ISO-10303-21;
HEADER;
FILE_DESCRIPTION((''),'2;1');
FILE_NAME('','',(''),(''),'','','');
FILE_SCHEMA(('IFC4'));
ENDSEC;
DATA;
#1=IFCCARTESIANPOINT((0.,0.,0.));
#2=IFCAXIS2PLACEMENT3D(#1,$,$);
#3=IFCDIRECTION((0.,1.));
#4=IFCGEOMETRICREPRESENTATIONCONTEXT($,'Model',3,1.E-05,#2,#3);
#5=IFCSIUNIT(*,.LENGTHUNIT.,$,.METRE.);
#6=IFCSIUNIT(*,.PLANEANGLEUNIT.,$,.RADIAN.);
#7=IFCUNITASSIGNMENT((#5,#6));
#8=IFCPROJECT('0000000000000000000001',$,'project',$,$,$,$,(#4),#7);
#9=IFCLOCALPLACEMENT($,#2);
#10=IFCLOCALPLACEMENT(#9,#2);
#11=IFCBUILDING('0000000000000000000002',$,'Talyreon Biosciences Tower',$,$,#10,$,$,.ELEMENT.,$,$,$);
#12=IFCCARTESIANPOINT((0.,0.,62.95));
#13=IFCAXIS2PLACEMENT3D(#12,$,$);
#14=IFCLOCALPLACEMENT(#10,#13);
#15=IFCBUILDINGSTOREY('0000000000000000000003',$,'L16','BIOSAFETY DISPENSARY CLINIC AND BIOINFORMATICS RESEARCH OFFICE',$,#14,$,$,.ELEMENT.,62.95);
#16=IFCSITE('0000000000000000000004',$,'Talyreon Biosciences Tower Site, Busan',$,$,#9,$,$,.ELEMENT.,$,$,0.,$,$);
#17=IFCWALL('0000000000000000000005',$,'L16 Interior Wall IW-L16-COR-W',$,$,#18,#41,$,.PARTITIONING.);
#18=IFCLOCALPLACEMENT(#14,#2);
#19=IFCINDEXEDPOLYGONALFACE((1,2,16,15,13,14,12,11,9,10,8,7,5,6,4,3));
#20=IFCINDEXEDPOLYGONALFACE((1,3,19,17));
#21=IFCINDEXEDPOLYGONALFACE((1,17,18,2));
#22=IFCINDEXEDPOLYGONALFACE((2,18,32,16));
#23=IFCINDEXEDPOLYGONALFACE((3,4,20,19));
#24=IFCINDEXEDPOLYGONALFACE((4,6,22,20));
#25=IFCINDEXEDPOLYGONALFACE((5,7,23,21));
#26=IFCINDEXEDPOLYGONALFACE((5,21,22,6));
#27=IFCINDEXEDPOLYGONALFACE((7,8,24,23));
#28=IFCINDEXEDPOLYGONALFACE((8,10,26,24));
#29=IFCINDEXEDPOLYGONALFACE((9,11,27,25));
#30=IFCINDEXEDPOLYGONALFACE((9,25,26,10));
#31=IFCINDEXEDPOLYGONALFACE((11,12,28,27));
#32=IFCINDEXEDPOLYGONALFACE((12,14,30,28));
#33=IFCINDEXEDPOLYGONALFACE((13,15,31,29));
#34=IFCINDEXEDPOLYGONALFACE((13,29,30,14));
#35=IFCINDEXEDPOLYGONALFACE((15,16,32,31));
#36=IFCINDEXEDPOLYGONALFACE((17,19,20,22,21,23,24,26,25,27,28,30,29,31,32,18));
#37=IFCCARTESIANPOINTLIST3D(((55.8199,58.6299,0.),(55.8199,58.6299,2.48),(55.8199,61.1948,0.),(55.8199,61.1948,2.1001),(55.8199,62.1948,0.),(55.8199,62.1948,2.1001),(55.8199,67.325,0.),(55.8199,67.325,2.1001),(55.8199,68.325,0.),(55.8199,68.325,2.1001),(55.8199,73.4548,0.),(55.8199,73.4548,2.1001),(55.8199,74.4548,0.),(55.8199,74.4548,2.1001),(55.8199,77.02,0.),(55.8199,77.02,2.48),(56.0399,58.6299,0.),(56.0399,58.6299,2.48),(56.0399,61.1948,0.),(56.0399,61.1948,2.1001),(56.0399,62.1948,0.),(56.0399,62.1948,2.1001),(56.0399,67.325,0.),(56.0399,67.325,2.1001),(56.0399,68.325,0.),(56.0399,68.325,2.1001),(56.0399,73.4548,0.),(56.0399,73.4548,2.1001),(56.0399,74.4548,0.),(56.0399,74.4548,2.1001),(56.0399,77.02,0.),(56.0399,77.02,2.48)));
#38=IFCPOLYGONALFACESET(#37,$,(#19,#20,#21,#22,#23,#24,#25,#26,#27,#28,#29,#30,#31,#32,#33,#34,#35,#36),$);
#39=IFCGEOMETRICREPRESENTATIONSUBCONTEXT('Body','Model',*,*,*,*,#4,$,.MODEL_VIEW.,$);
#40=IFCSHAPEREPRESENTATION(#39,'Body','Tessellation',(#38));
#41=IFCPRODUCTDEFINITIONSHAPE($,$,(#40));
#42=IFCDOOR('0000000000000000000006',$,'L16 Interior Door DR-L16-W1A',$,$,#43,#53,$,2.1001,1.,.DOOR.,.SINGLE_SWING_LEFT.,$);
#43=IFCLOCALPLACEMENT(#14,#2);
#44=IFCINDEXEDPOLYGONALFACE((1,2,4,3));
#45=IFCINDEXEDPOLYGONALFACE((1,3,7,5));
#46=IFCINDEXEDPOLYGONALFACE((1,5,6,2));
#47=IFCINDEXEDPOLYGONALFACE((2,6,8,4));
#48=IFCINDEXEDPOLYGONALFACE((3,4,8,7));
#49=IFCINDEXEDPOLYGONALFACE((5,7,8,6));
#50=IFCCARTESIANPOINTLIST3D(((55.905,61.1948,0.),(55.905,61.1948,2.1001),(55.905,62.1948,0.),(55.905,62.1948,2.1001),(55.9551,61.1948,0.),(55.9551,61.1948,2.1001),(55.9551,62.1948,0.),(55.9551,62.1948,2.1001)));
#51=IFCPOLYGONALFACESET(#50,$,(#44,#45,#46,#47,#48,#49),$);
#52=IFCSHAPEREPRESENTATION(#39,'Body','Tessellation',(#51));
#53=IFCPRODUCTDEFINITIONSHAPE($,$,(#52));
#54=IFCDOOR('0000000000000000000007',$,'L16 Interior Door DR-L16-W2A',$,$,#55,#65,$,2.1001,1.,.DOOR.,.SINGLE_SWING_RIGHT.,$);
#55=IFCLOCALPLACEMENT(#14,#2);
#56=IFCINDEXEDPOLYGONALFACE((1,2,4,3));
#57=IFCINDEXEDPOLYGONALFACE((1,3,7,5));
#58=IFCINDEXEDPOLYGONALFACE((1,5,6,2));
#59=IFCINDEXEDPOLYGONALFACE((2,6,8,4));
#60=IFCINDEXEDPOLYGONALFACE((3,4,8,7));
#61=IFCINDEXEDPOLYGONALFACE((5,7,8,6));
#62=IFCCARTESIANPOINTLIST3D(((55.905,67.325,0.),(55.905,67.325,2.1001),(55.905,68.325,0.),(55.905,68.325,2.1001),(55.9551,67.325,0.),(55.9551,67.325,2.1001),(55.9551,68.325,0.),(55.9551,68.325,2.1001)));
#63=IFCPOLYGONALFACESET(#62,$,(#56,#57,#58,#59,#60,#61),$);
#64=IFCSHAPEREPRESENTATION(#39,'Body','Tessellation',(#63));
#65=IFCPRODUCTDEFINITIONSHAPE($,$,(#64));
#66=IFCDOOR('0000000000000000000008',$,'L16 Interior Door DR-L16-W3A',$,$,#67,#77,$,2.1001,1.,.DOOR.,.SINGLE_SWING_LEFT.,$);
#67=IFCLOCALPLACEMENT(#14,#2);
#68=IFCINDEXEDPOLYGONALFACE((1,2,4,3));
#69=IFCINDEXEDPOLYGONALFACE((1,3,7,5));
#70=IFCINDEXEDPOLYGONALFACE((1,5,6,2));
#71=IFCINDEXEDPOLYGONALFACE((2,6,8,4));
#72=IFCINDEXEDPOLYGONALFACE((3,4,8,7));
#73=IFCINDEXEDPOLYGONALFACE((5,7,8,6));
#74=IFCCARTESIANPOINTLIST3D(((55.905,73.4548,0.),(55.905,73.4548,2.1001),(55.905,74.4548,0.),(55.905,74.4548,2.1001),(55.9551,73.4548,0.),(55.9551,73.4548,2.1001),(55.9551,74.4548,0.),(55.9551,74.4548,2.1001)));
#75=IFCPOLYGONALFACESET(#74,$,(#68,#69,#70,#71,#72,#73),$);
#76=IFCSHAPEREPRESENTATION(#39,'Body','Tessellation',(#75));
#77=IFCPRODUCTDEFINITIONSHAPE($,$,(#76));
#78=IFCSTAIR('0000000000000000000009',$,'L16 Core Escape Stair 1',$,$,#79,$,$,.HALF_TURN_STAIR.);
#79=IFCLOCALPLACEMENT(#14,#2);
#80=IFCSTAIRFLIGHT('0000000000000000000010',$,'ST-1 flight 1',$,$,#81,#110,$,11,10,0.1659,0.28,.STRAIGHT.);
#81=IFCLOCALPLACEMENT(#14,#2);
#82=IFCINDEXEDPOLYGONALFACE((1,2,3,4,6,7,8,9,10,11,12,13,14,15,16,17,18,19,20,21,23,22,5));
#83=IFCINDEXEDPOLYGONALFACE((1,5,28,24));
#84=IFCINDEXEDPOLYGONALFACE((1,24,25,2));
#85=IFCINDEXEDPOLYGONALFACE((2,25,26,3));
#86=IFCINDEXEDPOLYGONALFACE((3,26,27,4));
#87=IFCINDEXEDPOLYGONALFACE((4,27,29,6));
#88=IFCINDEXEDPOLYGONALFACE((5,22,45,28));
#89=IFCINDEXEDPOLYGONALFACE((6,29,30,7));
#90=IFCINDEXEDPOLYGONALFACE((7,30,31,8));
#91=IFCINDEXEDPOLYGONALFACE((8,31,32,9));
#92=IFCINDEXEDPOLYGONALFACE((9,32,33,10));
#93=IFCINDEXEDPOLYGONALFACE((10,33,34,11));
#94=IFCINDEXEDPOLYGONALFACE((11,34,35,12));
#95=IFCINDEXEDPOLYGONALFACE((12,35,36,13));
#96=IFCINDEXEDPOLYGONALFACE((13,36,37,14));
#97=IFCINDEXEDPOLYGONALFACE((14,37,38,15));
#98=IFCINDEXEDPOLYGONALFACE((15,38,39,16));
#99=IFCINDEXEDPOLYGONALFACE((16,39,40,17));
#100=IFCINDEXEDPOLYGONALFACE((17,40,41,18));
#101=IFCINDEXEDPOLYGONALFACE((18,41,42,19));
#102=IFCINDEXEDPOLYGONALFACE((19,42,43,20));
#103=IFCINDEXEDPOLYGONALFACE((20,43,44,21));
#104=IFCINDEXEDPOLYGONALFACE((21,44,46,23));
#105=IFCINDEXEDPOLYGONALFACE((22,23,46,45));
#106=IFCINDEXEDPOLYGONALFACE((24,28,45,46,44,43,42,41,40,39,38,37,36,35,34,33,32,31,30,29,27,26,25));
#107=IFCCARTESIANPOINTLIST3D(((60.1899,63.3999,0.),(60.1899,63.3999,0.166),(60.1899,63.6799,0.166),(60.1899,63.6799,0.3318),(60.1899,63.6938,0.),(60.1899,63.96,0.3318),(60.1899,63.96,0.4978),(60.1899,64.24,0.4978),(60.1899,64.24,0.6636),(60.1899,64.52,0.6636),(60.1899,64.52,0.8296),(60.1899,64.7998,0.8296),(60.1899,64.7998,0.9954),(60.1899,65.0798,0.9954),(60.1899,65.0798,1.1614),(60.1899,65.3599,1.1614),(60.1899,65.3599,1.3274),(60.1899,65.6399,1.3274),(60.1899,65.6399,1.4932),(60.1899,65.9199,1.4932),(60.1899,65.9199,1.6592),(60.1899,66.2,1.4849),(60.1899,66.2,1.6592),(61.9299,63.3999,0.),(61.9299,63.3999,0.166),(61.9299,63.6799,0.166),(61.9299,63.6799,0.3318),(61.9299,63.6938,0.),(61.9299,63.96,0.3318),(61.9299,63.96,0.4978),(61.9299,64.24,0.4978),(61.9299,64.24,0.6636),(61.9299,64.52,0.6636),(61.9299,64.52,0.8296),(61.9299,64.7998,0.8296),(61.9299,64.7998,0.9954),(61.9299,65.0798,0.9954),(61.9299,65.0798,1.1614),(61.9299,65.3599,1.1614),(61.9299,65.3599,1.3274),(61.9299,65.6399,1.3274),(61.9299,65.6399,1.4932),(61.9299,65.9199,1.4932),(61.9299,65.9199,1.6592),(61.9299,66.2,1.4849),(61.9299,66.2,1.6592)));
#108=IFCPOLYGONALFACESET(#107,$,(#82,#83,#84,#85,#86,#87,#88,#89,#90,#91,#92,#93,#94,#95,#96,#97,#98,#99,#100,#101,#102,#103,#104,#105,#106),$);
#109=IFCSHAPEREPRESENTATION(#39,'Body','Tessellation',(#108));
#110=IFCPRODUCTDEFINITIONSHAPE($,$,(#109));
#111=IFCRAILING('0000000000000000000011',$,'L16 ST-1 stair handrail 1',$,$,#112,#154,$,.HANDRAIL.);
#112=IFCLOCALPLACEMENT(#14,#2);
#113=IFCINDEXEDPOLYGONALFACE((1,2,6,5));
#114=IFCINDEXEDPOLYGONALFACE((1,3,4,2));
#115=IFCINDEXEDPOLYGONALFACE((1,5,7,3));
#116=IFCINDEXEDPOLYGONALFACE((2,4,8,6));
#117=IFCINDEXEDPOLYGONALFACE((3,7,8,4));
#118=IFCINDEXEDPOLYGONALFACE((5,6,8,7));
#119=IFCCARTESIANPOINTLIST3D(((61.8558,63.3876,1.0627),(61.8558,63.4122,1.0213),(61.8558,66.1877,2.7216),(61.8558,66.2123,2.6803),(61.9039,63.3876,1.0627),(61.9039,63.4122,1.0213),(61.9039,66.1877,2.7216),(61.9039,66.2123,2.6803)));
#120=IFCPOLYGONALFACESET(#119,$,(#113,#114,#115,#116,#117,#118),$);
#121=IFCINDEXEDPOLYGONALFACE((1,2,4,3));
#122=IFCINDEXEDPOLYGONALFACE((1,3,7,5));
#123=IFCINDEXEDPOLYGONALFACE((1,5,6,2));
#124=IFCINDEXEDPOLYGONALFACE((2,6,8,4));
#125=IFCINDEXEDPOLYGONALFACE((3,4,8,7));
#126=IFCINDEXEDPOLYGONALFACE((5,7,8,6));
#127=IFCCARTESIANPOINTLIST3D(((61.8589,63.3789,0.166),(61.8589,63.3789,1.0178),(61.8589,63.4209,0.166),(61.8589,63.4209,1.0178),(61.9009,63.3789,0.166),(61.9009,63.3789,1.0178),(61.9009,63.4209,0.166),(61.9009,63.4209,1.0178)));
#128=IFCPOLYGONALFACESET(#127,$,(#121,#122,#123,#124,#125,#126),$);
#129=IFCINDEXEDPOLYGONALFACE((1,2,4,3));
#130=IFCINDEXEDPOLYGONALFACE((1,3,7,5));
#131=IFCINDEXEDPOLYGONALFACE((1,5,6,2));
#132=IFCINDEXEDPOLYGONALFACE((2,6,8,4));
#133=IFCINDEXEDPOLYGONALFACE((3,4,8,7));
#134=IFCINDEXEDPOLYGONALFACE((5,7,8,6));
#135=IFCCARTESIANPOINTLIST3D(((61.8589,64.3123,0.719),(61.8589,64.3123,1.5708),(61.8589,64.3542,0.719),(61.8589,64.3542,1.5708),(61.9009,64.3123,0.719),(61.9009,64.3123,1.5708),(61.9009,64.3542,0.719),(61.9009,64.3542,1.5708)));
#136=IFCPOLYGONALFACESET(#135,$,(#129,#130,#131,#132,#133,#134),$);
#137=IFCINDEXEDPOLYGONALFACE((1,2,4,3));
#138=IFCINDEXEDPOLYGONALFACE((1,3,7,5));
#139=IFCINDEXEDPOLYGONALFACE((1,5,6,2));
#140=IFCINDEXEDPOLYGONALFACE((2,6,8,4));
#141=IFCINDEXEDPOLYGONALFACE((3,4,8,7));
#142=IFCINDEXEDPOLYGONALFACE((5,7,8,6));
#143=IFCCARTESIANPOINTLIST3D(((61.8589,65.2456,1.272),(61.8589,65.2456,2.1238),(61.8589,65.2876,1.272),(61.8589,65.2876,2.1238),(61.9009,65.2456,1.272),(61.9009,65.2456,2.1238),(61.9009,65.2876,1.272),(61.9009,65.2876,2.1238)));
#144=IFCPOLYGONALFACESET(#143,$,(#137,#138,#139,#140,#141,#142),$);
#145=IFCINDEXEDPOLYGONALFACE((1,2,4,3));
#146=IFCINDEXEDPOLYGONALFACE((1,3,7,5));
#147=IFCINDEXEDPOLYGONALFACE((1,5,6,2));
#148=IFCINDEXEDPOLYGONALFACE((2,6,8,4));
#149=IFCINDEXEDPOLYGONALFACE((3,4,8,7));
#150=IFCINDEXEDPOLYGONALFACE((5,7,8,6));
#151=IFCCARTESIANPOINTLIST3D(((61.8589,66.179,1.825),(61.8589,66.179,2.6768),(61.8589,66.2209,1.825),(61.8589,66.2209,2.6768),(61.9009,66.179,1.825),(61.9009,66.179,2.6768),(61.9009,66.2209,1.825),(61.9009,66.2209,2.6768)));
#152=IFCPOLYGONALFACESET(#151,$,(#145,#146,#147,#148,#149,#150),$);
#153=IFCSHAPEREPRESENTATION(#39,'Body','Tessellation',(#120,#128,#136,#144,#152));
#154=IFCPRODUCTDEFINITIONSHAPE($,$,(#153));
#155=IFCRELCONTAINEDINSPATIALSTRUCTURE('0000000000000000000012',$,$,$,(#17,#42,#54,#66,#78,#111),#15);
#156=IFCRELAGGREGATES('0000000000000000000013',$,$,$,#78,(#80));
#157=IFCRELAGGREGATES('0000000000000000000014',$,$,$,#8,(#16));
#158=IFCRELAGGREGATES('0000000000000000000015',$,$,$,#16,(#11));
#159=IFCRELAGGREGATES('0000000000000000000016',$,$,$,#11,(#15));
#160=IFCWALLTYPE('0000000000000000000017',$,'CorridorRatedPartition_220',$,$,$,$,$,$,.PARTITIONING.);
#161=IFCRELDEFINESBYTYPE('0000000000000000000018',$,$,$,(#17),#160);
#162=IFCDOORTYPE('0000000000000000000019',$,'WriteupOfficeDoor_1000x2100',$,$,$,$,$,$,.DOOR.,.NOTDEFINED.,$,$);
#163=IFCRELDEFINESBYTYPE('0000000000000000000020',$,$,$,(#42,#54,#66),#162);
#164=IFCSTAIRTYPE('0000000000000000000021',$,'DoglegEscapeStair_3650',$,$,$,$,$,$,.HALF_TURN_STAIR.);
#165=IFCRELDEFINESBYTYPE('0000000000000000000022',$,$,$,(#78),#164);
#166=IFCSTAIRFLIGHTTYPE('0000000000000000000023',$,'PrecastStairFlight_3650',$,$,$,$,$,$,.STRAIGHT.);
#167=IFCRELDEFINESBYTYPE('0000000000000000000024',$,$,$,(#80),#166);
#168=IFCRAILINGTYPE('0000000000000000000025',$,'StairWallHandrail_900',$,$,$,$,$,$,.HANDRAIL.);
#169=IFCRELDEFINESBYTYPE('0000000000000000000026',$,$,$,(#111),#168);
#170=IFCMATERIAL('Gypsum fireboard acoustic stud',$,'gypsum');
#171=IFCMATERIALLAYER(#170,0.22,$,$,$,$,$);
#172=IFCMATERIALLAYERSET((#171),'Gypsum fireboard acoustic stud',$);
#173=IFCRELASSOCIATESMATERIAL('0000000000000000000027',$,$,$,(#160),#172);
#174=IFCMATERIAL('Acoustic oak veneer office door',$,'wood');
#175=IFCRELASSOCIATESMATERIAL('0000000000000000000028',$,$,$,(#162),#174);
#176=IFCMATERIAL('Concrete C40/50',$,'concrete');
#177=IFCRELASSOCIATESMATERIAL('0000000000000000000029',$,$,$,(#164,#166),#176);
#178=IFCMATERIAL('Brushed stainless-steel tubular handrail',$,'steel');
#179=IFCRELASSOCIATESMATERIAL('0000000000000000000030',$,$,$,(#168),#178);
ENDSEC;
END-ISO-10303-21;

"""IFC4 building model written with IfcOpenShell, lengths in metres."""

from ifc_helpers import new_model, si_unit, direction, frame, frame_2d, origin, origin_2d, place, context, subcontext, project, spatial, polyline, rectangle, outline, extrude, material, layer, layer_set, type_object, element, fill, aggregate, save


model = new_model("IFC4")

# Units and contexts
model_context = context("Model", 3, precision=1e-05, world=origin(), true_north=direction((0.0, 1.0)))
body_context = subcontext(model_context, "Body", "Model", "MODEL_VIEW")
ifc_project = project(units=[si_unit("LENGTHUNIT", "METRE"), si_unit("PLANEANGLEUNIT", "RADIAN")], contexts=[model_context])

# Site, building, storey
site_placement = place(None, origin())
site = spatial("IfcSite", under=ifc_project, at=site_placement, Name="Talyreon Biosciences Tower Site, Busan", CompositionType="ELEMENT", RefElevation=0.0)
building_placement = place(site_placement, origin())
building = spatial("IfcBuilding", under=site, at=building_placement, Name="Talyreon Biosciences Tower", CompositionType="ELEMENT")
storey_placement = place(building_placement, frame((0.0, 0.0, 62.95)))
storey = spatial("IfcBuildingStorey", under=building, at=storey_placement, Name="L16", Description="BIOSAFETY DISPENSARY CLINIC AND BIOINFORMATICS RESEARCH OFFICE", CompositionType="ELEMENT", Elevation=62.95)

# Wall, openings, doors
ifc_material_1 = material(Name="Gypsum fireboard acoustic stud", Category="gypsum")
ifc_layer_1 = layer(ifc_material_1, 0.22)
ifc_layer_set_1 = layer_set([ifc_layer_1], Name="Gypsum fireboard acoustic stud")
wall_type_1 = type_object("IfcWallType", Name="CorridorRatedPartition_220", PredefinedType="PARTITIONING", material=ifc_layer_set_1)
wall_1_placement = place(storey_placement, frame((55.9299, 58.6299, 0.0), z_axis=(0.0, 0.0, 1.0), x_axis=(0.0, 1.0, 0.0)))
wall_1 = element("IfcWall", 1, at=wall_1_placement, inside=storey, type_object=wall_type_1, Name="L16 Interior Wall IW-L16-COR-W", PredefinedType="PARTITIONING", context=body_context, shape_type="SweptSolid", body=[
    extrude(rectangle(XDim=18.3901, YDim=0.22, at=frame_2d((9.1951, 0.0))), origin(), (0.0, 0.0, 1.0), 2.48),
])
opening_1_placement = place(wall_1_placement, frame((2.5649, 0.0, 0.0)))
opening_1 = element("IfcOpeningElement", 2, at=opening_1_placement, cuts=wall_1, PredefinedType="OPENING", context=body_context, shape_type="SweptSolid", body=[
    extrude(rectangle(XDim=1.0, YDim=2.1001, at=frame_2d((0.5, 1.05))), frame((0.0, 0.1199, 0.0), z_axis=(0.0, -1.0, 0.0), x_axis=(1.0, 0.0, 0.0)), (0.0, 0.0, 1.0), 0.24),
])
opening_2_placement = place(wall_1_placement, frame((8.6951, 0.0, 0.0)))
opening_2 = element("IfcOpeningElement", 3, at=opening_2_placement, cuts=wall_1, PredefinedType="OPENING", context=body_context, shape_type="SweptSolid", body=[
    extrude(rectangle(XDim=1.0, YDim=2.1001, at=frame_2d((0.5, 1.05))), frame((0.0, 0.1199, 0.0), z_axis=(0.0, -1.0, 0.0), x_axis=(1.0, 0.0, 0.0)), (0.0, 0.0, 1.0), 0.24),
])
opening_3_placement = place(wall_1_placement, frame((14.825, 0.0, 0.0)))
opening_3 = element("IfcOpeningElement", 4, at=opening_3_placement, cuts=wall_1, PredefinedType="OPENING", context=body_context, shape_type="SweptSolid", body=[
    extrude(rectangle(XDim=1.0, YDim=2.1001, at=frame_2d((0.5, 1.05))), frame((0.0, 0.1199, 0.0), z_axis=(0.0, -1.0, 0.0), x_axis=(1.0, 0.0, 0.0)), (0.0, 0.0, 1.0), 0.24),
])
ifc_material_2 = material(Name="Acoustic oak veneer office door", Category="wood")
door_type_1 = type_object("IfcDoorType", Name="WriteupOfficeDoor_1000x2100", OperationType="NOTDEFINED", PredefinedType="DOOR", material=ifc_material_2)
door_1_placement = place(opening_1_placement, origin())
door_1 = element("IfcDoor", 5, at=door_1_placement, inside=storey, type_object=door_type_1, Name="L16 Interior Door DR-L16-W1A", OperationType="SINGLE_SWING_LEFT", OverallHeight=2.1001, OverallWidth=1.0, PredefinedType="DOOR", context=body_context, shape_type="SweptSolid", body=[
    extrude(rectangle(XDim=1.0, YDim=2.1001, at=frame_2d((0.5, 1.05))), frame((0.0, 0.0249, 0.0), z_axis=(0.0, -1.0, 0.0), x_axis=(1.0, 0.0, 0.0)), (0.0, 0.0, 1.0), 0.05),
])
fill(opening_1, door_1)
door_2_placement = place(opening_2_placement, origin())
door_2 = element("IfcDoor", 6, at=door_2_placement, inside=storey, type_object=door_type_1, Name="L16 Interior Door DR-L16-W2A", OperationType="SINGLE_SWING_RIGHT", OverallHeight=2.1001, OverallWidth=1.0, PredefinedType="DOOR", context=body_context, shape_type="SweptSolid", body=[
    extrude(rectangle(XDim=1.0, YDim=2.1001, at=frame_2d((0.5, 1.05))), frame((0.0, 0.0249, 0.0), z_axis=(0.0, -1.0, 0.0), x_axis=(1.0, 0.0, 0.0)), (0.0, 0.0, 1.0), 0.05),
])
fill(opening_2, door_2)
door_3_placement = place(opening_3_placement, origin())
door_3 = element("IfcDoor", 7, at=door_3_placement, inside=storey, type_object=door_type_1, Name="L16 Interior Door DR-L16-W3A", OperationType="SINGLE_SWING_LEFT", OverallHeight=2.1001, OverallWidth=1.0, PredefinedType="DOOR", context=body_context, shape_type="SweptSolid", body=[
    extrude(rectangle(XDim=1.0, YDim=2.1001, at=frame_2d((0.5, 1.05))), frame((0.0, 0.0249, 0.0), z_axis=(0.0, -1.0, 0.0), x_axis=(1.0, 0.0, 0.0)), (0.0, 0.0, 1.0), 0.05),
])
fill(opening_3, door_3)

# Stair, stair flight
ifc_material_3 = material(Name="Concrete C40/50", Category="concrete")
stair_type = type_object("IfcStairType", Name="DoglegEscapeStair_3650", PredefinedType="HALF_TURN_STAIR", material=ifc_material_3)
stair_placement = place(storey_placement, origin())
stair = element("IfcStair", 8, at=stair_placement, inside=storey, type_object=stair_type, Name="L16 Core Escape Stair 1", PredefinedType="HALF_TURN_STAIR")
stair_flight_type = type_object("IfcStairFlightType", Name="PrecastStairFlight_3650", PredefinedType="STRAIGHT", material=ifc_material_3)
stair_flight_placement = place(storey_placement, frame((61.0601, 63.3999, 0.0), z_axis=(0.0, 0.0, 1.0), x_axis=(0.0, 1.0, 0.0)))
stair_flight = element("IfcStairFlight", 9, at=stair_flight_placement, type_object=stair_flight_type, Name="ST-1 flight 1", NumberOfRisers=11, NumberOfTreads=10, PredefinedType="STRAIGHT", RiserHeight=0.1659, TreadLength=0.28, context=body_context, shape_type="SweptSolid", body=[
    extrude(outline(polyline([(0.0, 0.0), (0.0, 0.166), (0.28, 0.166), (0.28, 0.3318), (0.5601, 0.3318), (0.5601, 0.4978), (0.8401, 0.4978), (0.8401, 0.6636), (1.1201, 0.6636), (1.1201, 0.8296), (1.3999, 0.8296), (1.3999, 0.9954), (1.6799, 0.9954), (1.6799, 1.1614), (1.96, 1.1614), (1.96, 1.3274), (2.24, 1.3274), (2.24, 1.4932), (2.52, 1.4932), (2.52, 1.6592), (2.8, 1.6592), (2.8, 1.825), (2.8, 1.4849), (0.2939, 0.0), (0.0, 0.0)])), frame((0.0, 0.8701, 0.0), z_axis=(0.0, -1.0, 0.0), x_axis=(1.0, 0.0, 0.0)), (0.0, 0.0, 1.0), 1.74),
])
aggregate(stair, [stair_flight])

# Railing
ifc_material_4 = material(Name="Brushed stainless-steel tubular handrail", Category="steel")
railing_type_1 = type_object("IfcRailingType", Name="StairWallHandrail_900", PredefinedType="HANDRAIL", material=ifc_material_4)
railing_1_placement = place(storey_placement, frame((61.8799, 63.3999, 0.166)))
element("IfcRailing", 10, at=railing_1_placement, inside=storey, type_object=railing_type_1, Name="L16 ST-1 stair handrail 1", PredefinedType="HANDRAIL", context=body_context, shape_type="SweptSolid", body=[
    extrude(rectangle(XDim=0.0481, YDim=0.0481, at=origin_2d()), frame((0.0, 0.0, 0.876), z_axis=(0.0, 0.860339, 0.509722), x_axis=(-1.0, 0.0, 0.0)), (0.0, 0.0, 1.0), 3.2546),
    extrude(rectangle(XDim=0.042, YDim=0.042, at=origin_2d()), origin(), (0.0, 0.0, 1.0), 0.8518),
    extrude(rectangle(XDim=0.042, YDim=0.042, at=origin_2d()), frame((0.0, 0.9333, 0.553)), (0.0, 0.0, 1.0), 0.8518),
    extrude(rectangle(XDim=0.042, YDim=0.042, at=origin_2d()), frame((0.0, 1.8667, 1.106)), (0.0, 0.0, 1.0), 0.8518),
    extrude(rectangle(XDim=0.042, YDim=0.042, at=origin_2d()), frame((0.0, 2.8, 1.6589)), (0.0, 0.0, 1.0), 0.8518),
])

save(model, "model.ifc")
